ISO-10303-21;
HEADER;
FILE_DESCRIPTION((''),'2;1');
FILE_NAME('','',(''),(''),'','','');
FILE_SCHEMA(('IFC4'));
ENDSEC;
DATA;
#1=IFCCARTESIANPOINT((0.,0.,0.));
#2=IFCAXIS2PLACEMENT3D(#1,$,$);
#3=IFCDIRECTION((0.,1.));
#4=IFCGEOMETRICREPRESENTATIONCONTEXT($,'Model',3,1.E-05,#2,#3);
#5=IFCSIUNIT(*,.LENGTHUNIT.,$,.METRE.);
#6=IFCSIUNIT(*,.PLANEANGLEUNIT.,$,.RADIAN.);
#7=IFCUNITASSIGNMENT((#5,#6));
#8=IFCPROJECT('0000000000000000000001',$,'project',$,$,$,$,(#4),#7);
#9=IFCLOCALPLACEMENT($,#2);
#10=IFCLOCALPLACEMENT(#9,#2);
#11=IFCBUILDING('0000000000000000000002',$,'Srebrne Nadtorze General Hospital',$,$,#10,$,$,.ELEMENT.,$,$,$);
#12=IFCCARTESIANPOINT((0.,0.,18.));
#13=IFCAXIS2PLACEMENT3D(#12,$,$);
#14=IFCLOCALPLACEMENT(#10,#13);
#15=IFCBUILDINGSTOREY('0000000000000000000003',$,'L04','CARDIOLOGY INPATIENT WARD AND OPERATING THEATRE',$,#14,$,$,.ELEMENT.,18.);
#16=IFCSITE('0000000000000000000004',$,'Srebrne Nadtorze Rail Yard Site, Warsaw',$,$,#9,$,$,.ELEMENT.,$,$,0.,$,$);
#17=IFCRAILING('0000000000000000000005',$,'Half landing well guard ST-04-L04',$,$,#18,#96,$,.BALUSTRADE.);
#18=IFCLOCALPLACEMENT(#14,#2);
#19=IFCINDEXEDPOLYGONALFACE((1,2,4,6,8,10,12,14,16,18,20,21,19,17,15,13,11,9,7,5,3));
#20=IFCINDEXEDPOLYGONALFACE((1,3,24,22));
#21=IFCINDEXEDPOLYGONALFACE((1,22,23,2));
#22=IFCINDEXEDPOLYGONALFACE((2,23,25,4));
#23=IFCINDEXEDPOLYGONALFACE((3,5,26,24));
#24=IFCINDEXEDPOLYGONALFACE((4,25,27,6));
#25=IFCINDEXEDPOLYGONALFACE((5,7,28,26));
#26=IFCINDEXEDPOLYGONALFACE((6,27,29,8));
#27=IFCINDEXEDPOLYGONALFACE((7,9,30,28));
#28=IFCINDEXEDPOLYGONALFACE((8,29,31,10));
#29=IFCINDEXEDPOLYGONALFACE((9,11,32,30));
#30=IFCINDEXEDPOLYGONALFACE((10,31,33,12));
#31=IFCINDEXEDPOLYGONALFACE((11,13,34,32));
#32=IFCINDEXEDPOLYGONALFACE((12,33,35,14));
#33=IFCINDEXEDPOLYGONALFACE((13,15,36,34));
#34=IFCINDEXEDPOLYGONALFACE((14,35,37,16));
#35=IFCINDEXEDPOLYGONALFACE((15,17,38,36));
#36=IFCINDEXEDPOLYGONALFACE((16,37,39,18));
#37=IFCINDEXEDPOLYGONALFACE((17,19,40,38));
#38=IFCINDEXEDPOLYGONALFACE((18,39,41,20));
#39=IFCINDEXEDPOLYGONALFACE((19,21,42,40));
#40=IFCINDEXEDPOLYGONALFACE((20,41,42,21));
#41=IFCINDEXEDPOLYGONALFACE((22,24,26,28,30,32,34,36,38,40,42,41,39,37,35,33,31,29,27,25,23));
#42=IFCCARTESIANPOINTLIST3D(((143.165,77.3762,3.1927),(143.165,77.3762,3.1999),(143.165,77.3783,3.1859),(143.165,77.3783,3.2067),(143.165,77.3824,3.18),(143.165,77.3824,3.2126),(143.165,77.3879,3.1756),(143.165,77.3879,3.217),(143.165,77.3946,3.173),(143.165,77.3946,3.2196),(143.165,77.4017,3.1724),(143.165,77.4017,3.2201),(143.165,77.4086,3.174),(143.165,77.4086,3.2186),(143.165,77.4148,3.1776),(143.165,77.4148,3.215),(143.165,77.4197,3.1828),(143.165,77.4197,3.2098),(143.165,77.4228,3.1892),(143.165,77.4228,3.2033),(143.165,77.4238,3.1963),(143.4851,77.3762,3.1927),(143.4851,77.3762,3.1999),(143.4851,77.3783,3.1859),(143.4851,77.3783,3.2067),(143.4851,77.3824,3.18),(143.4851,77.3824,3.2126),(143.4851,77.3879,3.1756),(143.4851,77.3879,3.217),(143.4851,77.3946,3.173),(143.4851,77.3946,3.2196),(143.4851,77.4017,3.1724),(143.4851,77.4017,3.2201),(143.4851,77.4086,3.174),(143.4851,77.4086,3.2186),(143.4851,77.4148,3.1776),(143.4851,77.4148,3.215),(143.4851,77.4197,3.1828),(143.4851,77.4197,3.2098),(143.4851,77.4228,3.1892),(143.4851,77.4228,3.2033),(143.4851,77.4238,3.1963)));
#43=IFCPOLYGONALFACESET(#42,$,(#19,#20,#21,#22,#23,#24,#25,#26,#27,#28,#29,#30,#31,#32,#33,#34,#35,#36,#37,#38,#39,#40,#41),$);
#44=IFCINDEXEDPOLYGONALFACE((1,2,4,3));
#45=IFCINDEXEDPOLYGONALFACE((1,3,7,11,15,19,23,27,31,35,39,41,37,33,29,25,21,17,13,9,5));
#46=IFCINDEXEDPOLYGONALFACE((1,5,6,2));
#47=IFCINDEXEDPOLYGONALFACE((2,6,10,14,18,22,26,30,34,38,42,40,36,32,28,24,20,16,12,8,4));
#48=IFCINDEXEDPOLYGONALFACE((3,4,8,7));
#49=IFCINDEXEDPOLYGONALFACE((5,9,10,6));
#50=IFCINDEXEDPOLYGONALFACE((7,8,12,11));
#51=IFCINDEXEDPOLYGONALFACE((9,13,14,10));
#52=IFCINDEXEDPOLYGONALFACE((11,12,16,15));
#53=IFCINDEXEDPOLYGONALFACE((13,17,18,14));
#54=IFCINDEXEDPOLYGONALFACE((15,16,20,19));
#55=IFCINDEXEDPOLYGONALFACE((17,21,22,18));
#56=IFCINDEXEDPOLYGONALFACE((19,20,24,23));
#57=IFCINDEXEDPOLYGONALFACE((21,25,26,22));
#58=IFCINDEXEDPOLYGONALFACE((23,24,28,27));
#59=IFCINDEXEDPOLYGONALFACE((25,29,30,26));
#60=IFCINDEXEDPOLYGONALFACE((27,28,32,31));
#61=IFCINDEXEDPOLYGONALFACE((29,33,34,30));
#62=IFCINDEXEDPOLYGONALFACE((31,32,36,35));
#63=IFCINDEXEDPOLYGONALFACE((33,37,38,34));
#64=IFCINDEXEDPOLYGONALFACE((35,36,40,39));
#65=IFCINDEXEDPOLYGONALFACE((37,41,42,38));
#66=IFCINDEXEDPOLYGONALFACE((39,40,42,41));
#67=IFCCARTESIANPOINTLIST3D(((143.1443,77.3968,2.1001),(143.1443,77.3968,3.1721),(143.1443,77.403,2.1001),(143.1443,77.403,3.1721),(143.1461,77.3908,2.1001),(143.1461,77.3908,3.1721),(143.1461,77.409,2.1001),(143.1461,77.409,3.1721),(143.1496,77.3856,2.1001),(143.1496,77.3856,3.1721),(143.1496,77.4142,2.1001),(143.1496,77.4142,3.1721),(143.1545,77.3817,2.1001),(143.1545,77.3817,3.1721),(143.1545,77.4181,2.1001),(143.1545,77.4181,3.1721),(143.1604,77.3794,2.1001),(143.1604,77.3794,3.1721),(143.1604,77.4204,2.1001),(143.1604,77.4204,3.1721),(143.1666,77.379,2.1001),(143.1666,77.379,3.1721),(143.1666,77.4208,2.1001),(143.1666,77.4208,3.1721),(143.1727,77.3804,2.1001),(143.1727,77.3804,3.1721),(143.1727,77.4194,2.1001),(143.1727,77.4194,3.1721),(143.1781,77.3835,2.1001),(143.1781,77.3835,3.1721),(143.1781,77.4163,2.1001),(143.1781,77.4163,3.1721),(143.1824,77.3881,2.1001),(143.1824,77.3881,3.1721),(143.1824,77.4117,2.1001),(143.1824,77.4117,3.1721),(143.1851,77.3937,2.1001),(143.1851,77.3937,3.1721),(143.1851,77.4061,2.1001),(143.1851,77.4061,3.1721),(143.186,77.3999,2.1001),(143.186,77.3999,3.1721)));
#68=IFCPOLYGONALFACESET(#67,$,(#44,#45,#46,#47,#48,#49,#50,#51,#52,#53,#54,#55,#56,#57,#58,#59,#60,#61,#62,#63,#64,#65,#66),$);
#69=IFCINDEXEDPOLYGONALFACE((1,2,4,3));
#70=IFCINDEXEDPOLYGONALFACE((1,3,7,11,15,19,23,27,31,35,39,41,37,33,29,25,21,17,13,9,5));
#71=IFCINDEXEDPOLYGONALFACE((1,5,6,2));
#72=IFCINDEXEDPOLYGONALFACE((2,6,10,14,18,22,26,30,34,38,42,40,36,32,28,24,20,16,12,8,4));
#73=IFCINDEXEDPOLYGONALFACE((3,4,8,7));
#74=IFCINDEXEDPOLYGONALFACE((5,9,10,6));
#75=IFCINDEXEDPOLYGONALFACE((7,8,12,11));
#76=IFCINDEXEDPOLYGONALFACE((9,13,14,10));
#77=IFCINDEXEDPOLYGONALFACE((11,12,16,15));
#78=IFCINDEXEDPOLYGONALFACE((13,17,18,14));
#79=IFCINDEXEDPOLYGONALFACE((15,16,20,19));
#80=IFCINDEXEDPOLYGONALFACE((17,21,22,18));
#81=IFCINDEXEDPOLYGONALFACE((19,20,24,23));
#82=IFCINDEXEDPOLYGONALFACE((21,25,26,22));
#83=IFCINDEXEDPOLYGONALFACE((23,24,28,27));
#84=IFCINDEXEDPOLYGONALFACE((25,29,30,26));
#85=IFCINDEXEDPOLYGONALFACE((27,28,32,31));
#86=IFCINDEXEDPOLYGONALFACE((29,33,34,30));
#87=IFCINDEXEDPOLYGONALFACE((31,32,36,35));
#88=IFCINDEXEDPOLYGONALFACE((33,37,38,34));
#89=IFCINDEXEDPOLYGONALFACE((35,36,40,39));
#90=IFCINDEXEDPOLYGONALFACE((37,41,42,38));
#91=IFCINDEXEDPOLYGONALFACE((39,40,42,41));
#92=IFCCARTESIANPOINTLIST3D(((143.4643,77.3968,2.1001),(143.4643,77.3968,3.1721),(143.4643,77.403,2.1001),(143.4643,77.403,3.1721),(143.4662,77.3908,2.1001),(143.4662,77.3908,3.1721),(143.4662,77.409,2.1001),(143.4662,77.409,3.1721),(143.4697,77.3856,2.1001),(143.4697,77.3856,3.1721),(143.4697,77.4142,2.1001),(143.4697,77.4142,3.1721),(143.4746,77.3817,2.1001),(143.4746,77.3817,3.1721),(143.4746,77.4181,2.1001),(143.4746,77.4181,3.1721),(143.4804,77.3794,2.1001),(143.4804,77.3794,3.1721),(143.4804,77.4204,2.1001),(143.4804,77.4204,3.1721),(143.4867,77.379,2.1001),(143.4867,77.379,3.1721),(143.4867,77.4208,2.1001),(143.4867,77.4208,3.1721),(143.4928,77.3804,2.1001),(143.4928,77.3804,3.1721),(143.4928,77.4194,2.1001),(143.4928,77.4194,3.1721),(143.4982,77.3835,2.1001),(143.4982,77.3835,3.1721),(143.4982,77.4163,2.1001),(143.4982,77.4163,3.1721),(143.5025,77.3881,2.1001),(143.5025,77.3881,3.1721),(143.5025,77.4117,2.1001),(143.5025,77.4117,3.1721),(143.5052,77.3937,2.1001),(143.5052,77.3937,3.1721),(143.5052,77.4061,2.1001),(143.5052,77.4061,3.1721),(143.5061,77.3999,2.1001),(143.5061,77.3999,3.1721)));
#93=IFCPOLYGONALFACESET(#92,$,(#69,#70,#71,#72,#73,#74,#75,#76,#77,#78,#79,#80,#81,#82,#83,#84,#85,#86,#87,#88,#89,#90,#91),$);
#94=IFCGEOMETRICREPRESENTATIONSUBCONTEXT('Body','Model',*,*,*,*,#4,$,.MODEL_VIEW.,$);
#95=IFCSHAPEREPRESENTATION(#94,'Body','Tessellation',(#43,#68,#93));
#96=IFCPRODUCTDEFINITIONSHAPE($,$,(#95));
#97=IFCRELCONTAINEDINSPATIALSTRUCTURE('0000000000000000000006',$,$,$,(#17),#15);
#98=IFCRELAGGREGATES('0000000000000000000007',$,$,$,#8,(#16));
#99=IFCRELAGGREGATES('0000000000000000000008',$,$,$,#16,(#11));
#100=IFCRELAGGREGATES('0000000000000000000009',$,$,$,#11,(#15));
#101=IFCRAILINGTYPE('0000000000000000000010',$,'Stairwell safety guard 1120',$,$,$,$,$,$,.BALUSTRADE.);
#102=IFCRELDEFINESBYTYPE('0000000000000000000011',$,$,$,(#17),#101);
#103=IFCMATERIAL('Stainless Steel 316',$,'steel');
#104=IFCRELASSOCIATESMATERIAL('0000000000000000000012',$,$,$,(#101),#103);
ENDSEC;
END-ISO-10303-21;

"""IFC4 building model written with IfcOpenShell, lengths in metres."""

from ifc_helpers import new_model, si_unit, direction, frame, origin, origin_2d, place, context, subcontext, project, spatial, circle, extrude, material, type_object, element, save


model = new_model("IFC4")

# Units and contexts
model_context = context("Model", 3, precision=1e-05, world=origin(), true_north=direction((0.0, 1.0)))
body_context = subcontext(model_context, "Body", "Model", "MODEL_VIEW")
ifc_project = project(units=[si_unit("LENGTHUNIT", "METRE"), si_unit("PLANEANGLEUNIT", "RADIAN")], contexts=[model_context])

# Site, building, storey
site_placement = place(None, origin())
site = spatial("IfcSite", under=ifc_project, at=site_placement, Name="Srebrne Nadtorze Rail Yard Site, Warsaw", CompositionType="ELEMENT", RefElevation=0.0)
building_placement = place(site_placement, origin())
building = spatial("IfcBuilding", under=site, at=building_placement, Name="Srebrne Nadtorze General Hospital", CompositionType="ELEMENT")
storey_placement = place(building_placement, frame((0.0, 0.0, 18.0)))
storey = spatial("IfcBuildingStorey", under=building, at=storey_placement, Name="L04", Description="CARDIOLOGY INPATIENT WARD AND OPERATING THEATRE", CompositionType="ELEMENT", Elevation=18.0)

# Railing
ifc_material_1 = material(Name="Stainless Steel 316", Category="steel")
railing_type_1 = type_object("IfcRailingType", Name="Stairwell safety guard 1120", PredefinedType="BALUSTRADE", material=ifc_material_1)
railing_1_placement = place(storey_placement, frame((143.165, 77.3999, 2.1001)))
element("IfcRailing", 1, at=railing_1_placement, inside=storey, type_object=railing_type_1, Name="Half landing well guard ST-04-L04", PredefinedType="BALUSTRADE", context=body_context, shape_type="SweptSolid", body=[
    extrude(circle(Radius=0.0239, at=origin_2d()), frame((0.0, 0.0, 1.0962), z_axis=(1.0, 0.0, 0.0), x_axis=(0.0, 1.0, 0.0)), (0.0, 0.0, 1.0), 0.3201),
    extrude(circle(Radius=0.021, at=origin_2d()), origin(), (0.0, 0.0, 1.0), 1.072),
    extrude(circle(Radius=0.021, at=origin_2d()), frame((0.3201, 0.0, 0.0)), (0.0, 0.0, 1.0), 1.072),
])

save(model, "model.ifc")
